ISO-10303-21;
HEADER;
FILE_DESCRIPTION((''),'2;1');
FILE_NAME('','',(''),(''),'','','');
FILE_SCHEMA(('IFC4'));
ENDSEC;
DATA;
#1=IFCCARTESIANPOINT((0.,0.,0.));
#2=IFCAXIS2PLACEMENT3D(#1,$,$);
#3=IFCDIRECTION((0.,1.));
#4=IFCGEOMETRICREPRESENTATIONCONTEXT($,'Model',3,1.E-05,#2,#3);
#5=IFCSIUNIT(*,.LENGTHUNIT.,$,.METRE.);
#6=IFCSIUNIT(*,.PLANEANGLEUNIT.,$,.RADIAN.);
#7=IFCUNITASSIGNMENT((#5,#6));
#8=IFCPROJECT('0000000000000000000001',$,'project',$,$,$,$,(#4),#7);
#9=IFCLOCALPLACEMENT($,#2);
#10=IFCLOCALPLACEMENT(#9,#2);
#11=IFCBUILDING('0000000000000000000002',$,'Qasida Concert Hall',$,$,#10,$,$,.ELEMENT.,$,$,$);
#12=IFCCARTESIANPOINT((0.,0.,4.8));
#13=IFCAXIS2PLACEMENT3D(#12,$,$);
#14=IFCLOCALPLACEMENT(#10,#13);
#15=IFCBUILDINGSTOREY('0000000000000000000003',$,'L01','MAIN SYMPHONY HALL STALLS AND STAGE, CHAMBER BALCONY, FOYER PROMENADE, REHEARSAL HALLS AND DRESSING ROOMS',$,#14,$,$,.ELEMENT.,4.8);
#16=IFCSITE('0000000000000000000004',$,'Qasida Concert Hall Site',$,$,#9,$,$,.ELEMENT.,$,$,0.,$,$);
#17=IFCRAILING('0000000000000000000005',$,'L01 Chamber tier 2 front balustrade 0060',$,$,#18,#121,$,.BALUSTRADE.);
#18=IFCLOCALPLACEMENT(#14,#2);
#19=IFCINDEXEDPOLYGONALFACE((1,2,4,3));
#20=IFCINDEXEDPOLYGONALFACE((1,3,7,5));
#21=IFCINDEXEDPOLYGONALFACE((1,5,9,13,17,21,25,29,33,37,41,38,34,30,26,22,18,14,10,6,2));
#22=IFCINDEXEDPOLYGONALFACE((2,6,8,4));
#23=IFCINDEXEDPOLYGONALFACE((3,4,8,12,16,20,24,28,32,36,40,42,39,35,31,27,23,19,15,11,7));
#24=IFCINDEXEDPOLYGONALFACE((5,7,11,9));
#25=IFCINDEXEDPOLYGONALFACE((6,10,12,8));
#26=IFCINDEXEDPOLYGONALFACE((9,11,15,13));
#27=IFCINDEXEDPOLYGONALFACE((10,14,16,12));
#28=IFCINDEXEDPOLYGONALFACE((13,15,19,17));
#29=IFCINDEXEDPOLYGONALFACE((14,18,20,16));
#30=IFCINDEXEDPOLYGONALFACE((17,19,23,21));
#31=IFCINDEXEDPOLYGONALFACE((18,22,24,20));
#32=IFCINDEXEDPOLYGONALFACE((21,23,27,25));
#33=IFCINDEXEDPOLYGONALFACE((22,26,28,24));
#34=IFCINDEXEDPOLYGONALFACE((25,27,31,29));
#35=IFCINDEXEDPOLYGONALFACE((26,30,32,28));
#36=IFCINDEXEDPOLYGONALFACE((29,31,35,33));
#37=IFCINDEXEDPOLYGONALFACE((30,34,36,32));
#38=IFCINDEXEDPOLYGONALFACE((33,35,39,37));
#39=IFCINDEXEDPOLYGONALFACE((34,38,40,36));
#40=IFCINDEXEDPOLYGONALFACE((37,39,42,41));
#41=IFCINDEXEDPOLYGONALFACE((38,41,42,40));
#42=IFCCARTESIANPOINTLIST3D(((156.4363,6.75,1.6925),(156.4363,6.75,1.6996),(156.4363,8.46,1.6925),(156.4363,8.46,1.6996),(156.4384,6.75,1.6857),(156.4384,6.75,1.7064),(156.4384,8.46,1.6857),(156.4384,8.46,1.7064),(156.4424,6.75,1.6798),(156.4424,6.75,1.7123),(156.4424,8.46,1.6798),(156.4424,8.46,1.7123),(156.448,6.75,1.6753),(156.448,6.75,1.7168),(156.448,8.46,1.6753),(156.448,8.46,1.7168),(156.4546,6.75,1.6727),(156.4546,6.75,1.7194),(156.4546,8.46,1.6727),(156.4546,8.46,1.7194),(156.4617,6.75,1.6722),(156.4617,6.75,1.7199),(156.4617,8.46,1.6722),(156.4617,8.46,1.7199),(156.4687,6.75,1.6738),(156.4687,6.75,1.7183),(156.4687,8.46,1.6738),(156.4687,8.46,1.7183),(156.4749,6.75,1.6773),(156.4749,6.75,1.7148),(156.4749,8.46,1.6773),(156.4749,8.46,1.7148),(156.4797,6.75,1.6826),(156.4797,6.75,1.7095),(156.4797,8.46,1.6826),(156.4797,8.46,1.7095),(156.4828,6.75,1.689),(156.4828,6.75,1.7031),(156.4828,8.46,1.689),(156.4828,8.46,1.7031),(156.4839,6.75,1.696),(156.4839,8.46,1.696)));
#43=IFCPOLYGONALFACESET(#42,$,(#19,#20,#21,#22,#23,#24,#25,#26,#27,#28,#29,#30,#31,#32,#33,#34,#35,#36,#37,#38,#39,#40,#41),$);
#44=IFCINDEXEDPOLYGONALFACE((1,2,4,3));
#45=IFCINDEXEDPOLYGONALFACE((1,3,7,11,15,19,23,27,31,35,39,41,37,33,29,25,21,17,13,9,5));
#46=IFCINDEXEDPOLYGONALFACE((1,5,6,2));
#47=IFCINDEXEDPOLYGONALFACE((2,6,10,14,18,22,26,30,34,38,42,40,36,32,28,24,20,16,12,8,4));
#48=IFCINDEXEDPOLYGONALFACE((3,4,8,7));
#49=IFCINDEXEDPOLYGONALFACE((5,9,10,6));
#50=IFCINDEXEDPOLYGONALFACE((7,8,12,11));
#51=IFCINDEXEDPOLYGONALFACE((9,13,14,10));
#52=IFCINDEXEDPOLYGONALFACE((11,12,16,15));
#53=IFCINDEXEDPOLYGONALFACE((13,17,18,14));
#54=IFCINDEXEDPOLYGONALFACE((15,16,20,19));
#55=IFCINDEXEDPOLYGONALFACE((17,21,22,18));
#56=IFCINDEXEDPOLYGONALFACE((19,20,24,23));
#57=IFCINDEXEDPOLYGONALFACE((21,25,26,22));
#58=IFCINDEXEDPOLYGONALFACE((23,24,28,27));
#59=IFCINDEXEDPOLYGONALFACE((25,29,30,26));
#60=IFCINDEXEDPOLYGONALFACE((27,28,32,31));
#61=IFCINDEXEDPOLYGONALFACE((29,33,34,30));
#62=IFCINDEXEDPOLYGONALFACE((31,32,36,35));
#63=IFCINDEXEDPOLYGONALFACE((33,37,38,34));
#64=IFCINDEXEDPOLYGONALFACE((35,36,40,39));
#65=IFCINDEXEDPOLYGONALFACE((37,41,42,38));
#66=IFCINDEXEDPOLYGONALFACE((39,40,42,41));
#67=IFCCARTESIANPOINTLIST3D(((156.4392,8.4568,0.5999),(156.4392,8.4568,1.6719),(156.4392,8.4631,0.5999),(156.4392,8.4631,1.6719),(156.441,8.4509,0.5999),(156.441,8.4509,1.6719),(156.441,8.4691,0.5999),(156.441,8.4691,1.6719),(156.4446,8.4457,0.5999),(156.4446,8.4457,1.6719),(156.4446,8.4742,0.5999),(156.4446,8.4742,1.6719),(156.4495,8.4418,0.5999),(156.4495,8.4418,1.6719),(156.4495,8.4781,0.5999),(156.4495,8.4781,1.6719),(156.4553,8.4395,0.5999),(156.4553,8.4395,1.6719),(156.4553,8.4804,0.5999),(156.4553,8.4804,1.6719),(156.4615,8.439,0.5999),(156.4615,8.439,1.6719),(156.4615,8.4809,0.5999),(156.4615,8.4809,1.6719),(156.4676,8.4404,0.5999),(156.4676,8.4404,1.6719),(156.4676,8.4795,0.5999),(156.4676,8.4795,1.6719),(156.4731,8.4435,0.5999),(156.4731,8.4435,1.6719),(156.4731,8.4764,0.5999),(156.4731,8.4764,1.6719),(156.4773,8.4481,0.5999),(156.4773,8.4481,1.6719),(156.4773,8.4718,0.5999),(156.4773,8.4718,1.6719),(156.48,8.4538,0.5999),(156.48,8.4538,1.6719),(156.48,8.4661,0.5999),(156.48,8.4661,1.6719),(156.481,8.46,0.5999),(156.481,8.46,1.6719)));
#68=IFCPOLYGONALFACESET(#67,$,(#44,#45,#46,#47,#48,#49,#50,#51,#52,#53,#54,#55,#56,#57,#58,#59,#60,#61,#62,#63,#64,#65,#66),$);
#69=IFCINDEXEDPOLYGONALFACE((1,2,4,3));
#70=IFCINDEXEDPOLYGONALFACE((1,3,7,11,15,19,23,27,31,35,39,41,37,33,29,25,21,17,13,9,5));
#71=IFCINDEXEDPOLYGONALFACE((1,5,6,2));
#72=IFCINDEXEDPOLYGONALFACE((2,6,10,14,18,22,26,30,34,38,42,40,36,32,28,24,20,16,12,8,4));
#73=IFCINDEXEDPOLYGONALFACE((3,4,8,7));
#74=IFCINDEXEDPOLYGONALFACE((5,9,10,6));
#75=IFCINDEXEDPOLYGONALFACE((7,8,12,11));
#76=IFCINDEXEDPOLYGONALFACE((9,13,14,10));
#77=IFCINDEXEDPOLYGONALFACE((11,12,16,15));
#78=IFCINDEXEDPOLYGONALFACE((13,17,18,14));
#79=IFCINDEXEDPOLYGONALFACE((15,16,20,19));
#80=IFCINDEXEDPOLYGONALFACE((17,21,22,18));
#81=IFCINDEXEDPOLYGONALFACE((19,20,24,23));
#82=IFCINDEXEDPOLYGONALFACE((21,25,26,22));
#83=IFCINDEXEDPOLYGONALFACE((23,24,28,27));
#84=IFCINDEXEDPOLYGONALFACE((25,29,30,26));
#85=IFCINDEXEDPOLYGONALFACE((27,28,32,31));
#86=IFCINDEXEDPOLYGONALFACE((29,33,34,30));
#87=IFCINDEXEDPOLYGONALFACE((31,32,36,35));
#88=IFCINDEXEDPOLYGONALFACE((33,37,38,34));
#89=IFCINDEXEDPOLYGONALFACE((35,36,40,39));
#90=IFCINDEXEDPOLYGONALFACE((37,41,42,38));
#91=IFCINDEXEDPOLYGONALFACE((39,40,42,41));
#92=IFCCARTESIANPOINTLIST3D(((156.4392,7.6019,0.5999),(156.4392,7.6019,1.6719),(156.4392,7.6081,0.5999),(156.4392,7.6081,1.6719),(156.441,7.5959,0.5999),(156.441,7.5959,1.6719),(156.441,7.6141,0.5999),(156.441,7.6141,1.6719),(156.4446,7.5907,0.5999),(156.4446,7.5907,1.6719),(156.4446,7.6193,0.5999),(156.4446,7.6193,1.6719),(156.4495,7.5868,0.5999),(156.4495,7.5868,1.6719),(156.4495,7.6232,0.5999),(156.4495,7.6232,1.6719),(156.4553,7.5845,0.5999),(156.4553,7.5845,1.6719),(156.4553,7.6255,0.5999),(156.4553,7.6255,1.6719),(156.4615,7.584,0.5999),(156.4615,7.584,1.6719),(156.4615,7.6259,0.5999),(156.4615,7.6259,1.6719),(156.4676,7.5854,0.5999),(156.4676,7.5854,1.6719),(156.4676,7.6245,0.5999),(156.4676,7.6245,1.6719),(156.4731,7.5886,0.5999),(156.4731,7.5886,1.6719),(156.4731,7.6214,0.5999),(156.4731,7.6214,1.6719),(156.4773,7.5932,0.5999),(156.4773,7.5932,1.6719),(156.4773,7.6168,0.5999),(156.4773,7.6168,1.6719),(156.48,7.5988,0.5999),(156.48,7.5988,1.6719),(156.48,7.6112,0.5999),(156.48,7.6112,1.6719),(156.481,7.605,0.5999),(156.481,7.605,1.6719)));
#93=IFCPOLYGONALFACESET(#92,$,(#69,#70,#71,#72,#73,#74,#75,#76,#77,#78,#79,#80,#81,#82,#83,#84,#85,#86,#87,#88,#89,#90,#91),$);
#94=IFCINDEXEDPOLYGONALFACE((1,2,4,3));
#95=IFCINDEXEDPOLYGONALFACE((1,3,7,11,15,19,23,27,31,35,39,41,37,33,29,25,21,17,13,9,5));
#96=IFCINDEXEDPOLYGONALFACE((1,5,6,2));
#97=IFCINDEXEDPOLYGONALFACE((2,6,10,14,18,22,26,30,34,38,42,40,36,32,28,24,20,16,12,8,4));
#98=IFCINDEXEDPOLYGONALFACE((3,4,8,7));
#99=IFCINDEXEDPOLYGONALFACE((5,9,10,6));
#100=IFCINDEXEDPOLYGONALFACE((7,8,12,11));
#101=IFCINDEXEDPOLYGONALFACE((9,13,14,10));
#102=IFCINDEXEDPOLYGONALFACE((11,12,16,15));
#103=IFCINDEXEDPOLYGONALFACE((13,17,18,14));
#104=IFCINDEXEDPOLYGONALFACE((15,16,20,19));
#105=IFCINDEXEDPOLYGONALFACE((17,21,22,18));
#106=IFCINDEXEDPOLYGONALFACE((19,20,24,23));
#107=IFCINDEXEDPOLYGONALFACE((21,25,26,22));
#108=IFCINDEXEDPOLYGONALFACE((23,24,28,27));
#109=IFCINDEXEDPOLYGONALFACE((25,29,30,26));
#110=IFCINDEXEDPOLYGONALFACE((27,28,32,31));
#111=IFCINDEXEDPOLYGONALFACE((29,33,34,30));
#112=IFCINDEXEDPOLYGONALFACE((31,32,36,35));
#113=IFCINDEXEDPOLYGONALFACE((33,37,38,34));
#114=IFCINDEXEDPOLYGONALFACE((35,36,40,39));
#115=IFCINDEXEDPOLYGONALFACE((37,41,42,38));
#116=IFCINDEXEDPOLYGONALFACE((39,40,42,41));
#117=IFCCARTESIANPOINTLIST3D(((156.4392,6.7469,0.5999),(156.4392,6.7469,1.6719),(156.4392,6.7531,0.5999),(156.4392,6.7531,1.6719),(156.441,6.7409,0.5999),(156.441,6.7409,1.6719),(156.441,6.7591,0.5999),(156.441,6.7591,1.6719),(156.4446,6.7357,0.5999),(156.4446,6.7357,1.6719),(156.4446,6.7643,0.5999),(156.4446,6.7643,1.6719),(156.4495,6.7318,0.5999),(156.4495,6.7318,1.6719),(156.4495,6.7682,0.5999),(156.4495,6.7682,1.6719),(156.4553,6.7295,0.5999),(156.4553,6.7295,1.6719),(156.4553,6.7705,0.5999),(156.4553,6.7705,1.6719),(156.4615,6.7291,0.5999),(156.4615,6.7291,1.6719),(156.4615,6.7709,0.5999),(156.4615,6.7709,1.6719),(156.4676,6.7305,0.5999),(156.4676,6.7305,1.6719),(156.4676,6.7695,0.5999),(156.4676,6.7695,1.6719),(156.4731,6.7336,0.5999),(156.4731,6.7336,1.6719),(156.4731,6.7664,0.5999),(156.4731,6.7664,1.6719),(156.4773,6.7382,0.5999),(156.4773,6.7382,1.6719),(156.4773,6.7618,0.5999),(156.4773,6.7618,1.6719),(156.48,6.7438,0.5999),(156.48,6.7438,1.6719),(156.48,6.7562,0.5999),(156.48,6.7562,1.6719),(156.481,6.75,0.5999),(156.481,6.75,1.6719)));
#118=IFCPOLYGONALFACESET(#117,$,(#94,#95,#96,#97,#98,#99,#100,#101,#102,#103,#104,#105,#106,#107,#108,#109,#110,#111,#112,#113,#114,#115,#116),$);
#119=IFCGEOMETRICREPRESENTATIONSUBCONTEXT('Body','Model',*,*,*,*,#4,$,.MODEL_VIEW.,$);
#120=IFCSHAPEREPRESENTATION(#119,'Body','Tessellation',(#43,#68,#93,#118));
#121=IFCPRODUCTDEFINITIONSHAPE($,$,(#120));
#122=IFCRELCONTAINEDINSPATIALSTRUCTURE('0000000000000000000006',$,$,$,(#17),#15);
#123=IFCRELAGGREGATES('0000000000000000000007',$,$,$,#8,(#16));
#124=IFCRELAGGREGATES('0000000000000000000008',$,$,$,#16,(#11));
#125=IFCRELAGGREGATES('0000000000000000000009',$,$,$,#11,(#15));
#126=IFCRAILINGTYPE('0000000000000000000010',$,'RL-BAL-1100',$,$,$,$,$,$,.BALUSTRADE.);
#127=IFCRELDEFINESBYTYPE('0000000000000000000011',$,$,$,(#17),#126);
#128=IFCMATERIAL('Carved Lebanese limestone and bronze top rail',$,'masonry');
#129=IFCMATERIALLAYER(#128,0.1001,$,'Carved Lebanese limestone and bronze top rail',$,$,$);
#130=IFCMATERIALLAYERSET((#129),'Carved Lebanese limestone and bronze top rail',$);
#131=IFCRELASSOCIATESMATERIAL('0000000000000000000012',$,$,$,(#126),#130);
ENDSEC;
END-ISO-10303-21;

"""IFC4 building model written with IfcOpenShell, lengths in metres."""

from ifc_helpers import new_model, si_unit, direction, frame, origin, origin_2d, place, context, subcontext, project, spatial, circle, extrude, material, layer, layer_set, type_object, element, save


model = new_model("IFC4")

# Units and contexts
model_context = context("Model", 3, precision=1e-05, world=origin(), true_north=direction((0.0, 1.0)))
body_context = subcontext(model_context, "Body", "Model", "MODEL_VIEW")
ifc_project = project(units=[si_unit("LENGTHUNIT", "METRE"), si_unit("PLANEANGLEUNIT", "RADIAN")], contexts=[model_context])

# Site, building, storey
site_placement = place(None, origin())
site = spatial("IfcSite", under=ifc_project, at=site_placement, Name="Qasida Concert Hall Site", CompositionType="ELEMENT", RefElevation=0.0)
building_placement = place(site_placement, origin())
building = spatial("IfcBuilding", under=site, at=building_placement, Name="Qasida Concert Hall", CompositionType="ELEMENT")
storey_placement = place(building_placement, frame((0.0, 0.0, 4.8)))
storey = spatial("IfcBuildingStorey", under=building, at=storey_placement, Name="L01", Description="MAIN SYMPHONY HALL STALLS AND STAGE, CHAMBER BALCONY, FOYER PROMENADE, REHEARSAL HALLS AND DRESSING ROOMS", CompositionType="ELEMENT", Elevation=4.8)

# Railing
ifc_material_1 = material(Name="Carved Lebanese limestone and bronze top rail", Category="masonry")
ifc_layer_1 = layer(ifc_material_1, 0.1001, Name="Carved Lebanese limestone and bronze top rail")
ifc_layer_set_1 = layer_set([ifc_layer_1], Name="Carved Lebanese limestone and bronze top rail")
railing_type = type_object("IfcRailingType", Name="RL-BAL-1100", PredefinedType="BALUSTRADE", material=ifc_layer_set_1)
railing_1_placement = place(storey_placement, frame((156.46, 8.46, 0.5999)))
element("IfcRailing", 1, at=railing_1_placement, inside=storey, type_object=railing_type, Name="L01 Chamber tier 2 front balustrade 0060", PredefinedType="BALUSTRADE", context=body_context, shape_type="SweptSolid", body=[
    extrude(circle(Radius=0.0239, at=origin_2d()), frame((0.0, 0.0, 1.0962), z_axis=(0.0, -1.0, 0.0), x_axis=(1.0, 0.0, 0.0)), (0.0, 0.0, 1.0), 1.71),
    extrude(circle(Radius=0.021, at=origin_2d()), origin(), (0.0, 0.0, 1.0), 1.072),
    extrude(circle(Radius=0.021, at=origin_2d()), frame((0.0, -0.855, 0.0)), (0.0, 0.0, 1.0), 1.072),
    extrude(circle(Radius=0.021, at=origin_2d()), frame((0.0, -1.71, 0.0)), (0.0, 0.0, 1.0), 1.072),
])

save(model, "model.ifc")
